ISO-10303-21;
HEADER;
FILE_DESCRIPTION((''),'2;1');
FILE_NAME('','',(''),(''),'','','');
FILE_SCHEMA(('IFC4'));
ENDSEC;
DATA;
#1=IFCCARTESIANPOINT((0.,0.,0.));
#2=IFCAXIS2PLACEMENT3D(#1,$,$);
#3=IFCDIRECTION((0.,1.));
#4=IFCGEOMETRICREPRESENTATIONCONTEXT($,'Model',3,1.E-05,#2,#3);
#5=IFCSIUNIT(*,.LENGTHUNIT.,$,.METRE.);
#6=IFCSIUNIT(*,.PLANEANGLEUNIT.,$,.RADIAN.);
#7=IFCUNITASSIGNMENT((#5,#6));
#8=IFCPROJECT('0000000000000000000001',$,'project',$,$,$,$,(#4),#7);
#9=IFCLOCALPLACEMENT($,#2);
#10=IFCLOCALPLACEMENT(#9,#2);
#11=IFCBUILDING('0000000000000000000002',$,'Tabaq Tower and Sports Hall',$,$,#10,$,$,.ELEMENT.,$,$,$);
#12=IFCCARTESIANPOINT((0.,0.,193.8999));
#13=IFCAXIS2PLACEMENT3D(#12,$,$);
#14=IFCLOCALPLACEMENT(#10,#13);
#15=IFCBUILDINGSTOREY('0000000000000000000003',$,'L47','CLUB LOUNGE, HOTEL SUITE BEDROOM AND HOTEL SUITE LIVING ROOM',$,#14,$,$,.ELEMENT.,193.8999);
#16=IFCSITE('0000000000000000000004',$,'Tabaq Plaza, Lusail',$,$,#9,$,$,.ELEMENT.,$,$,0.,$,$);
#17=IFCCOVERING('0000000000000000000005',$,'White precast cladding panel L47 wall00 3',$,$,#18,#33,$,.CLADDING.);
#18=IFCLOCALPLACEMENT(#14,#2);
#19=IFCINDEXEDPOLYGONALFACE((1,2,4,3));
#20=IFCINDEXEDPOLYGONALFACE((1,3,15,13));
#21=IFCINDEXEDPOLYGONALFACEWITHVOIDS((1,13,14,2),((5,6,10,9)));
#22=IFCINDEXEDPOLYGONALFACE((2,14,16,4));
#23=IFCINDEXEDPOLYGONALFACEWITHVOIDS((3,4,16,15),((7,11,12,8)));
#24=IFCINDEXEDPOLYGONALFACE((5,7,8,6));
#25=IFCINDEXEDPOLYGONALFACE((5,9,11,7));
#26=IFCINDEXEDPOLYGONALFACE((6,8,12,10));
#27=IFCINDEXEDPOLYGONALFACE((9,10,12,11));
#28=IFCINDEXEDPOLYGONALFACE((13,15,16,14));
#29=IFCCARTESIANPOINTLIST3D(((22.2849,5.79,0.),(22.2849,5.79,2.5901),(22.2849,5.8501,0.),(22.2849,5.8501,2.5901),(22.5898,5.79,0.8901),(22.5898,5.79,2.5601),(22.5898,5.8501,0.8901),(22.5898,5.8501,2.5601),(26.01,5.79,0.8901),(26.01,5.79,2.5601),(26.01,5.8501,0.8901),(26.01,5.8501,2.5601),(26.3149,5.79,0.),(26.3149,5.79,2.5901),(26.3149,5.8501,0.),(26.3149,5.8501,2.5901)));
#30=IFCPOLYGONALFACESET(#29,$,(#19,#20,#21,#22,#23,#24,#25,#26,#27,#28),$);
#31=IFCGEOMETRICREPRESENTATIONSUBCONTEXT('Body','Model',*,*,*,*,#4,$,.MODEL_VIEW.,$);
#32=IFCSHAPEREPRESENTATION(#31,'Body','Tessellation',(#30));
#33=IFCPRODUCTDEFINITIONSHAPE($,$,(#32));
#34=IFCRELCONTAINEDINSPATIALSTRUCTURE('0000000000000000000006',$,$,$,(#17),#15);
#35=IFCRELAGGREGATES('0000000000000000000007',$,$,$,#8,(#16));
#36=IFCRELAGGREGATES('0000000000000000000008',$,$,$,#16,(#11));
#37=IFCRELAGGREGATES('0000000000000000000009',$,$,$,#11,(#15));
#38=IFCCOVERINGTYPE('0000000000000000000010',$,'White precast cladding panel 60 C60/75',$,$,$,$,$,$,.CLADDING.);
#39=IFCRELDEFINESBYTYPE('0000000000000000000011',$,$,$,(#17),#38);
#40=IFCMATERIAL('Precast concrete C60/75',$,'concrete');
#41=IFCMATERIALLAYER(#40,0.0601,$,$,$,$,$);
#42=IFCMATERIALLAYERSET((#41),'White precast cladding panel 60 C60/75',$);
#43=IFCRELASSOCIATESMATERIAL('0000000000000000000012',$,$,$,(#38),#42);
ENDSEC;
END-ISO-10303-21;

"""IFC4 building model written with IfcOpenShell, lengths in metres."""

from ifc_helpers import new_model, si_unit, direction, frame, origin, place, context, subcontext, project, spatial, polyline, outline, extrude, material, layer, layer_set, type_object, element, save


model = new_model("IFC4")

# Units and contexts
model_context = context("Model", 3, precision=1e-05, world=origin(), true_north=direction((0.0, 1.0)))
body_context = subcontext(model_context, "Body", "Model", "MODEL_VIEW")
ifc_project = project(units=[si_unit("LENGTHUNIT", "METRE"), si_unit("PLANEANGLEUNIT", "RADIAN")], contexts=[model_context])

# Site, building, storey
site_placement = place(None, origin())
site = spatial("IfcSite", under=ifc_project, at=site_placement, Name="Tabaq Plaza, Lusail", CompositionType="ELEMENT", RefElevation=0.0)
building_placement = place(site_placement, origin())
building = spatial("IfcBuilding", under=site, at=building_placement, Name="Tabaq Tower and Sports Hall", CompositionType="ELEMENT")
storey_placement = place(building_placement, frame((0.0, 0.0, 193.8999)))
storey = spatial("IfcBuildingStorey", under=building, at=storey_placement, Name="L47", Description="CLUB LOUNGE, HOTEL SUITE BEDROOM AND HOTEL SUITE LIVING ROOM", CompositionType="ELEMENT", Elevation=193.8999)

# Covering
ifc_material_1 = material(Name="Precast concrete C60/75", Category="concrete")
ifc_layer_1 = layer(ifc_material_1, 0.0601)
ifc_layer_set_1 = layer_set([ifc_layer_1], Name="White precast cladding panel 60 C60/75")
covering_type = type_object("IfcCoveringType", Name="White precast cladding panel 60 C60/75", PredefinedType="CLADDING", material=ifc_layer_set_1)
covering_1_placement = place(storey_placement, frame((22.2849, 5.8201, 0.0), z_axis=(0.0, 0.0, 1.0), x_axis=(1.0, 0.0, 0.0)))
element("IfcCovering", 1, at=covering_1_placement, inside=storey, type_object=covering_type, Name="White precast cladding panel L47 wall00 3", PredefinedType="CLADDING", context=body_context, shape_type="SweptSolid", body=[
    extrude(outline(polyline([(0.0, 0.0), (4.03, 0.0), (4.03, 2.5901), (0.0, 2.5901), (0.0, 0.0)]), holes=[polyline([(3.7251, 0.8901), (0.3049, 0.8901), (0.3049, 2.5601), (3.7251, 2.5601), (3.7251, 0.8901)])]), frame((0.0, 0.03, 0.0), z_axis=(0.0, -1.0, 0.0), x_axis=(1.0, 0.0, 0.0)), (0.0, 0.0, 1.0), 0.0601),
])

save(model, "model.ifc")
